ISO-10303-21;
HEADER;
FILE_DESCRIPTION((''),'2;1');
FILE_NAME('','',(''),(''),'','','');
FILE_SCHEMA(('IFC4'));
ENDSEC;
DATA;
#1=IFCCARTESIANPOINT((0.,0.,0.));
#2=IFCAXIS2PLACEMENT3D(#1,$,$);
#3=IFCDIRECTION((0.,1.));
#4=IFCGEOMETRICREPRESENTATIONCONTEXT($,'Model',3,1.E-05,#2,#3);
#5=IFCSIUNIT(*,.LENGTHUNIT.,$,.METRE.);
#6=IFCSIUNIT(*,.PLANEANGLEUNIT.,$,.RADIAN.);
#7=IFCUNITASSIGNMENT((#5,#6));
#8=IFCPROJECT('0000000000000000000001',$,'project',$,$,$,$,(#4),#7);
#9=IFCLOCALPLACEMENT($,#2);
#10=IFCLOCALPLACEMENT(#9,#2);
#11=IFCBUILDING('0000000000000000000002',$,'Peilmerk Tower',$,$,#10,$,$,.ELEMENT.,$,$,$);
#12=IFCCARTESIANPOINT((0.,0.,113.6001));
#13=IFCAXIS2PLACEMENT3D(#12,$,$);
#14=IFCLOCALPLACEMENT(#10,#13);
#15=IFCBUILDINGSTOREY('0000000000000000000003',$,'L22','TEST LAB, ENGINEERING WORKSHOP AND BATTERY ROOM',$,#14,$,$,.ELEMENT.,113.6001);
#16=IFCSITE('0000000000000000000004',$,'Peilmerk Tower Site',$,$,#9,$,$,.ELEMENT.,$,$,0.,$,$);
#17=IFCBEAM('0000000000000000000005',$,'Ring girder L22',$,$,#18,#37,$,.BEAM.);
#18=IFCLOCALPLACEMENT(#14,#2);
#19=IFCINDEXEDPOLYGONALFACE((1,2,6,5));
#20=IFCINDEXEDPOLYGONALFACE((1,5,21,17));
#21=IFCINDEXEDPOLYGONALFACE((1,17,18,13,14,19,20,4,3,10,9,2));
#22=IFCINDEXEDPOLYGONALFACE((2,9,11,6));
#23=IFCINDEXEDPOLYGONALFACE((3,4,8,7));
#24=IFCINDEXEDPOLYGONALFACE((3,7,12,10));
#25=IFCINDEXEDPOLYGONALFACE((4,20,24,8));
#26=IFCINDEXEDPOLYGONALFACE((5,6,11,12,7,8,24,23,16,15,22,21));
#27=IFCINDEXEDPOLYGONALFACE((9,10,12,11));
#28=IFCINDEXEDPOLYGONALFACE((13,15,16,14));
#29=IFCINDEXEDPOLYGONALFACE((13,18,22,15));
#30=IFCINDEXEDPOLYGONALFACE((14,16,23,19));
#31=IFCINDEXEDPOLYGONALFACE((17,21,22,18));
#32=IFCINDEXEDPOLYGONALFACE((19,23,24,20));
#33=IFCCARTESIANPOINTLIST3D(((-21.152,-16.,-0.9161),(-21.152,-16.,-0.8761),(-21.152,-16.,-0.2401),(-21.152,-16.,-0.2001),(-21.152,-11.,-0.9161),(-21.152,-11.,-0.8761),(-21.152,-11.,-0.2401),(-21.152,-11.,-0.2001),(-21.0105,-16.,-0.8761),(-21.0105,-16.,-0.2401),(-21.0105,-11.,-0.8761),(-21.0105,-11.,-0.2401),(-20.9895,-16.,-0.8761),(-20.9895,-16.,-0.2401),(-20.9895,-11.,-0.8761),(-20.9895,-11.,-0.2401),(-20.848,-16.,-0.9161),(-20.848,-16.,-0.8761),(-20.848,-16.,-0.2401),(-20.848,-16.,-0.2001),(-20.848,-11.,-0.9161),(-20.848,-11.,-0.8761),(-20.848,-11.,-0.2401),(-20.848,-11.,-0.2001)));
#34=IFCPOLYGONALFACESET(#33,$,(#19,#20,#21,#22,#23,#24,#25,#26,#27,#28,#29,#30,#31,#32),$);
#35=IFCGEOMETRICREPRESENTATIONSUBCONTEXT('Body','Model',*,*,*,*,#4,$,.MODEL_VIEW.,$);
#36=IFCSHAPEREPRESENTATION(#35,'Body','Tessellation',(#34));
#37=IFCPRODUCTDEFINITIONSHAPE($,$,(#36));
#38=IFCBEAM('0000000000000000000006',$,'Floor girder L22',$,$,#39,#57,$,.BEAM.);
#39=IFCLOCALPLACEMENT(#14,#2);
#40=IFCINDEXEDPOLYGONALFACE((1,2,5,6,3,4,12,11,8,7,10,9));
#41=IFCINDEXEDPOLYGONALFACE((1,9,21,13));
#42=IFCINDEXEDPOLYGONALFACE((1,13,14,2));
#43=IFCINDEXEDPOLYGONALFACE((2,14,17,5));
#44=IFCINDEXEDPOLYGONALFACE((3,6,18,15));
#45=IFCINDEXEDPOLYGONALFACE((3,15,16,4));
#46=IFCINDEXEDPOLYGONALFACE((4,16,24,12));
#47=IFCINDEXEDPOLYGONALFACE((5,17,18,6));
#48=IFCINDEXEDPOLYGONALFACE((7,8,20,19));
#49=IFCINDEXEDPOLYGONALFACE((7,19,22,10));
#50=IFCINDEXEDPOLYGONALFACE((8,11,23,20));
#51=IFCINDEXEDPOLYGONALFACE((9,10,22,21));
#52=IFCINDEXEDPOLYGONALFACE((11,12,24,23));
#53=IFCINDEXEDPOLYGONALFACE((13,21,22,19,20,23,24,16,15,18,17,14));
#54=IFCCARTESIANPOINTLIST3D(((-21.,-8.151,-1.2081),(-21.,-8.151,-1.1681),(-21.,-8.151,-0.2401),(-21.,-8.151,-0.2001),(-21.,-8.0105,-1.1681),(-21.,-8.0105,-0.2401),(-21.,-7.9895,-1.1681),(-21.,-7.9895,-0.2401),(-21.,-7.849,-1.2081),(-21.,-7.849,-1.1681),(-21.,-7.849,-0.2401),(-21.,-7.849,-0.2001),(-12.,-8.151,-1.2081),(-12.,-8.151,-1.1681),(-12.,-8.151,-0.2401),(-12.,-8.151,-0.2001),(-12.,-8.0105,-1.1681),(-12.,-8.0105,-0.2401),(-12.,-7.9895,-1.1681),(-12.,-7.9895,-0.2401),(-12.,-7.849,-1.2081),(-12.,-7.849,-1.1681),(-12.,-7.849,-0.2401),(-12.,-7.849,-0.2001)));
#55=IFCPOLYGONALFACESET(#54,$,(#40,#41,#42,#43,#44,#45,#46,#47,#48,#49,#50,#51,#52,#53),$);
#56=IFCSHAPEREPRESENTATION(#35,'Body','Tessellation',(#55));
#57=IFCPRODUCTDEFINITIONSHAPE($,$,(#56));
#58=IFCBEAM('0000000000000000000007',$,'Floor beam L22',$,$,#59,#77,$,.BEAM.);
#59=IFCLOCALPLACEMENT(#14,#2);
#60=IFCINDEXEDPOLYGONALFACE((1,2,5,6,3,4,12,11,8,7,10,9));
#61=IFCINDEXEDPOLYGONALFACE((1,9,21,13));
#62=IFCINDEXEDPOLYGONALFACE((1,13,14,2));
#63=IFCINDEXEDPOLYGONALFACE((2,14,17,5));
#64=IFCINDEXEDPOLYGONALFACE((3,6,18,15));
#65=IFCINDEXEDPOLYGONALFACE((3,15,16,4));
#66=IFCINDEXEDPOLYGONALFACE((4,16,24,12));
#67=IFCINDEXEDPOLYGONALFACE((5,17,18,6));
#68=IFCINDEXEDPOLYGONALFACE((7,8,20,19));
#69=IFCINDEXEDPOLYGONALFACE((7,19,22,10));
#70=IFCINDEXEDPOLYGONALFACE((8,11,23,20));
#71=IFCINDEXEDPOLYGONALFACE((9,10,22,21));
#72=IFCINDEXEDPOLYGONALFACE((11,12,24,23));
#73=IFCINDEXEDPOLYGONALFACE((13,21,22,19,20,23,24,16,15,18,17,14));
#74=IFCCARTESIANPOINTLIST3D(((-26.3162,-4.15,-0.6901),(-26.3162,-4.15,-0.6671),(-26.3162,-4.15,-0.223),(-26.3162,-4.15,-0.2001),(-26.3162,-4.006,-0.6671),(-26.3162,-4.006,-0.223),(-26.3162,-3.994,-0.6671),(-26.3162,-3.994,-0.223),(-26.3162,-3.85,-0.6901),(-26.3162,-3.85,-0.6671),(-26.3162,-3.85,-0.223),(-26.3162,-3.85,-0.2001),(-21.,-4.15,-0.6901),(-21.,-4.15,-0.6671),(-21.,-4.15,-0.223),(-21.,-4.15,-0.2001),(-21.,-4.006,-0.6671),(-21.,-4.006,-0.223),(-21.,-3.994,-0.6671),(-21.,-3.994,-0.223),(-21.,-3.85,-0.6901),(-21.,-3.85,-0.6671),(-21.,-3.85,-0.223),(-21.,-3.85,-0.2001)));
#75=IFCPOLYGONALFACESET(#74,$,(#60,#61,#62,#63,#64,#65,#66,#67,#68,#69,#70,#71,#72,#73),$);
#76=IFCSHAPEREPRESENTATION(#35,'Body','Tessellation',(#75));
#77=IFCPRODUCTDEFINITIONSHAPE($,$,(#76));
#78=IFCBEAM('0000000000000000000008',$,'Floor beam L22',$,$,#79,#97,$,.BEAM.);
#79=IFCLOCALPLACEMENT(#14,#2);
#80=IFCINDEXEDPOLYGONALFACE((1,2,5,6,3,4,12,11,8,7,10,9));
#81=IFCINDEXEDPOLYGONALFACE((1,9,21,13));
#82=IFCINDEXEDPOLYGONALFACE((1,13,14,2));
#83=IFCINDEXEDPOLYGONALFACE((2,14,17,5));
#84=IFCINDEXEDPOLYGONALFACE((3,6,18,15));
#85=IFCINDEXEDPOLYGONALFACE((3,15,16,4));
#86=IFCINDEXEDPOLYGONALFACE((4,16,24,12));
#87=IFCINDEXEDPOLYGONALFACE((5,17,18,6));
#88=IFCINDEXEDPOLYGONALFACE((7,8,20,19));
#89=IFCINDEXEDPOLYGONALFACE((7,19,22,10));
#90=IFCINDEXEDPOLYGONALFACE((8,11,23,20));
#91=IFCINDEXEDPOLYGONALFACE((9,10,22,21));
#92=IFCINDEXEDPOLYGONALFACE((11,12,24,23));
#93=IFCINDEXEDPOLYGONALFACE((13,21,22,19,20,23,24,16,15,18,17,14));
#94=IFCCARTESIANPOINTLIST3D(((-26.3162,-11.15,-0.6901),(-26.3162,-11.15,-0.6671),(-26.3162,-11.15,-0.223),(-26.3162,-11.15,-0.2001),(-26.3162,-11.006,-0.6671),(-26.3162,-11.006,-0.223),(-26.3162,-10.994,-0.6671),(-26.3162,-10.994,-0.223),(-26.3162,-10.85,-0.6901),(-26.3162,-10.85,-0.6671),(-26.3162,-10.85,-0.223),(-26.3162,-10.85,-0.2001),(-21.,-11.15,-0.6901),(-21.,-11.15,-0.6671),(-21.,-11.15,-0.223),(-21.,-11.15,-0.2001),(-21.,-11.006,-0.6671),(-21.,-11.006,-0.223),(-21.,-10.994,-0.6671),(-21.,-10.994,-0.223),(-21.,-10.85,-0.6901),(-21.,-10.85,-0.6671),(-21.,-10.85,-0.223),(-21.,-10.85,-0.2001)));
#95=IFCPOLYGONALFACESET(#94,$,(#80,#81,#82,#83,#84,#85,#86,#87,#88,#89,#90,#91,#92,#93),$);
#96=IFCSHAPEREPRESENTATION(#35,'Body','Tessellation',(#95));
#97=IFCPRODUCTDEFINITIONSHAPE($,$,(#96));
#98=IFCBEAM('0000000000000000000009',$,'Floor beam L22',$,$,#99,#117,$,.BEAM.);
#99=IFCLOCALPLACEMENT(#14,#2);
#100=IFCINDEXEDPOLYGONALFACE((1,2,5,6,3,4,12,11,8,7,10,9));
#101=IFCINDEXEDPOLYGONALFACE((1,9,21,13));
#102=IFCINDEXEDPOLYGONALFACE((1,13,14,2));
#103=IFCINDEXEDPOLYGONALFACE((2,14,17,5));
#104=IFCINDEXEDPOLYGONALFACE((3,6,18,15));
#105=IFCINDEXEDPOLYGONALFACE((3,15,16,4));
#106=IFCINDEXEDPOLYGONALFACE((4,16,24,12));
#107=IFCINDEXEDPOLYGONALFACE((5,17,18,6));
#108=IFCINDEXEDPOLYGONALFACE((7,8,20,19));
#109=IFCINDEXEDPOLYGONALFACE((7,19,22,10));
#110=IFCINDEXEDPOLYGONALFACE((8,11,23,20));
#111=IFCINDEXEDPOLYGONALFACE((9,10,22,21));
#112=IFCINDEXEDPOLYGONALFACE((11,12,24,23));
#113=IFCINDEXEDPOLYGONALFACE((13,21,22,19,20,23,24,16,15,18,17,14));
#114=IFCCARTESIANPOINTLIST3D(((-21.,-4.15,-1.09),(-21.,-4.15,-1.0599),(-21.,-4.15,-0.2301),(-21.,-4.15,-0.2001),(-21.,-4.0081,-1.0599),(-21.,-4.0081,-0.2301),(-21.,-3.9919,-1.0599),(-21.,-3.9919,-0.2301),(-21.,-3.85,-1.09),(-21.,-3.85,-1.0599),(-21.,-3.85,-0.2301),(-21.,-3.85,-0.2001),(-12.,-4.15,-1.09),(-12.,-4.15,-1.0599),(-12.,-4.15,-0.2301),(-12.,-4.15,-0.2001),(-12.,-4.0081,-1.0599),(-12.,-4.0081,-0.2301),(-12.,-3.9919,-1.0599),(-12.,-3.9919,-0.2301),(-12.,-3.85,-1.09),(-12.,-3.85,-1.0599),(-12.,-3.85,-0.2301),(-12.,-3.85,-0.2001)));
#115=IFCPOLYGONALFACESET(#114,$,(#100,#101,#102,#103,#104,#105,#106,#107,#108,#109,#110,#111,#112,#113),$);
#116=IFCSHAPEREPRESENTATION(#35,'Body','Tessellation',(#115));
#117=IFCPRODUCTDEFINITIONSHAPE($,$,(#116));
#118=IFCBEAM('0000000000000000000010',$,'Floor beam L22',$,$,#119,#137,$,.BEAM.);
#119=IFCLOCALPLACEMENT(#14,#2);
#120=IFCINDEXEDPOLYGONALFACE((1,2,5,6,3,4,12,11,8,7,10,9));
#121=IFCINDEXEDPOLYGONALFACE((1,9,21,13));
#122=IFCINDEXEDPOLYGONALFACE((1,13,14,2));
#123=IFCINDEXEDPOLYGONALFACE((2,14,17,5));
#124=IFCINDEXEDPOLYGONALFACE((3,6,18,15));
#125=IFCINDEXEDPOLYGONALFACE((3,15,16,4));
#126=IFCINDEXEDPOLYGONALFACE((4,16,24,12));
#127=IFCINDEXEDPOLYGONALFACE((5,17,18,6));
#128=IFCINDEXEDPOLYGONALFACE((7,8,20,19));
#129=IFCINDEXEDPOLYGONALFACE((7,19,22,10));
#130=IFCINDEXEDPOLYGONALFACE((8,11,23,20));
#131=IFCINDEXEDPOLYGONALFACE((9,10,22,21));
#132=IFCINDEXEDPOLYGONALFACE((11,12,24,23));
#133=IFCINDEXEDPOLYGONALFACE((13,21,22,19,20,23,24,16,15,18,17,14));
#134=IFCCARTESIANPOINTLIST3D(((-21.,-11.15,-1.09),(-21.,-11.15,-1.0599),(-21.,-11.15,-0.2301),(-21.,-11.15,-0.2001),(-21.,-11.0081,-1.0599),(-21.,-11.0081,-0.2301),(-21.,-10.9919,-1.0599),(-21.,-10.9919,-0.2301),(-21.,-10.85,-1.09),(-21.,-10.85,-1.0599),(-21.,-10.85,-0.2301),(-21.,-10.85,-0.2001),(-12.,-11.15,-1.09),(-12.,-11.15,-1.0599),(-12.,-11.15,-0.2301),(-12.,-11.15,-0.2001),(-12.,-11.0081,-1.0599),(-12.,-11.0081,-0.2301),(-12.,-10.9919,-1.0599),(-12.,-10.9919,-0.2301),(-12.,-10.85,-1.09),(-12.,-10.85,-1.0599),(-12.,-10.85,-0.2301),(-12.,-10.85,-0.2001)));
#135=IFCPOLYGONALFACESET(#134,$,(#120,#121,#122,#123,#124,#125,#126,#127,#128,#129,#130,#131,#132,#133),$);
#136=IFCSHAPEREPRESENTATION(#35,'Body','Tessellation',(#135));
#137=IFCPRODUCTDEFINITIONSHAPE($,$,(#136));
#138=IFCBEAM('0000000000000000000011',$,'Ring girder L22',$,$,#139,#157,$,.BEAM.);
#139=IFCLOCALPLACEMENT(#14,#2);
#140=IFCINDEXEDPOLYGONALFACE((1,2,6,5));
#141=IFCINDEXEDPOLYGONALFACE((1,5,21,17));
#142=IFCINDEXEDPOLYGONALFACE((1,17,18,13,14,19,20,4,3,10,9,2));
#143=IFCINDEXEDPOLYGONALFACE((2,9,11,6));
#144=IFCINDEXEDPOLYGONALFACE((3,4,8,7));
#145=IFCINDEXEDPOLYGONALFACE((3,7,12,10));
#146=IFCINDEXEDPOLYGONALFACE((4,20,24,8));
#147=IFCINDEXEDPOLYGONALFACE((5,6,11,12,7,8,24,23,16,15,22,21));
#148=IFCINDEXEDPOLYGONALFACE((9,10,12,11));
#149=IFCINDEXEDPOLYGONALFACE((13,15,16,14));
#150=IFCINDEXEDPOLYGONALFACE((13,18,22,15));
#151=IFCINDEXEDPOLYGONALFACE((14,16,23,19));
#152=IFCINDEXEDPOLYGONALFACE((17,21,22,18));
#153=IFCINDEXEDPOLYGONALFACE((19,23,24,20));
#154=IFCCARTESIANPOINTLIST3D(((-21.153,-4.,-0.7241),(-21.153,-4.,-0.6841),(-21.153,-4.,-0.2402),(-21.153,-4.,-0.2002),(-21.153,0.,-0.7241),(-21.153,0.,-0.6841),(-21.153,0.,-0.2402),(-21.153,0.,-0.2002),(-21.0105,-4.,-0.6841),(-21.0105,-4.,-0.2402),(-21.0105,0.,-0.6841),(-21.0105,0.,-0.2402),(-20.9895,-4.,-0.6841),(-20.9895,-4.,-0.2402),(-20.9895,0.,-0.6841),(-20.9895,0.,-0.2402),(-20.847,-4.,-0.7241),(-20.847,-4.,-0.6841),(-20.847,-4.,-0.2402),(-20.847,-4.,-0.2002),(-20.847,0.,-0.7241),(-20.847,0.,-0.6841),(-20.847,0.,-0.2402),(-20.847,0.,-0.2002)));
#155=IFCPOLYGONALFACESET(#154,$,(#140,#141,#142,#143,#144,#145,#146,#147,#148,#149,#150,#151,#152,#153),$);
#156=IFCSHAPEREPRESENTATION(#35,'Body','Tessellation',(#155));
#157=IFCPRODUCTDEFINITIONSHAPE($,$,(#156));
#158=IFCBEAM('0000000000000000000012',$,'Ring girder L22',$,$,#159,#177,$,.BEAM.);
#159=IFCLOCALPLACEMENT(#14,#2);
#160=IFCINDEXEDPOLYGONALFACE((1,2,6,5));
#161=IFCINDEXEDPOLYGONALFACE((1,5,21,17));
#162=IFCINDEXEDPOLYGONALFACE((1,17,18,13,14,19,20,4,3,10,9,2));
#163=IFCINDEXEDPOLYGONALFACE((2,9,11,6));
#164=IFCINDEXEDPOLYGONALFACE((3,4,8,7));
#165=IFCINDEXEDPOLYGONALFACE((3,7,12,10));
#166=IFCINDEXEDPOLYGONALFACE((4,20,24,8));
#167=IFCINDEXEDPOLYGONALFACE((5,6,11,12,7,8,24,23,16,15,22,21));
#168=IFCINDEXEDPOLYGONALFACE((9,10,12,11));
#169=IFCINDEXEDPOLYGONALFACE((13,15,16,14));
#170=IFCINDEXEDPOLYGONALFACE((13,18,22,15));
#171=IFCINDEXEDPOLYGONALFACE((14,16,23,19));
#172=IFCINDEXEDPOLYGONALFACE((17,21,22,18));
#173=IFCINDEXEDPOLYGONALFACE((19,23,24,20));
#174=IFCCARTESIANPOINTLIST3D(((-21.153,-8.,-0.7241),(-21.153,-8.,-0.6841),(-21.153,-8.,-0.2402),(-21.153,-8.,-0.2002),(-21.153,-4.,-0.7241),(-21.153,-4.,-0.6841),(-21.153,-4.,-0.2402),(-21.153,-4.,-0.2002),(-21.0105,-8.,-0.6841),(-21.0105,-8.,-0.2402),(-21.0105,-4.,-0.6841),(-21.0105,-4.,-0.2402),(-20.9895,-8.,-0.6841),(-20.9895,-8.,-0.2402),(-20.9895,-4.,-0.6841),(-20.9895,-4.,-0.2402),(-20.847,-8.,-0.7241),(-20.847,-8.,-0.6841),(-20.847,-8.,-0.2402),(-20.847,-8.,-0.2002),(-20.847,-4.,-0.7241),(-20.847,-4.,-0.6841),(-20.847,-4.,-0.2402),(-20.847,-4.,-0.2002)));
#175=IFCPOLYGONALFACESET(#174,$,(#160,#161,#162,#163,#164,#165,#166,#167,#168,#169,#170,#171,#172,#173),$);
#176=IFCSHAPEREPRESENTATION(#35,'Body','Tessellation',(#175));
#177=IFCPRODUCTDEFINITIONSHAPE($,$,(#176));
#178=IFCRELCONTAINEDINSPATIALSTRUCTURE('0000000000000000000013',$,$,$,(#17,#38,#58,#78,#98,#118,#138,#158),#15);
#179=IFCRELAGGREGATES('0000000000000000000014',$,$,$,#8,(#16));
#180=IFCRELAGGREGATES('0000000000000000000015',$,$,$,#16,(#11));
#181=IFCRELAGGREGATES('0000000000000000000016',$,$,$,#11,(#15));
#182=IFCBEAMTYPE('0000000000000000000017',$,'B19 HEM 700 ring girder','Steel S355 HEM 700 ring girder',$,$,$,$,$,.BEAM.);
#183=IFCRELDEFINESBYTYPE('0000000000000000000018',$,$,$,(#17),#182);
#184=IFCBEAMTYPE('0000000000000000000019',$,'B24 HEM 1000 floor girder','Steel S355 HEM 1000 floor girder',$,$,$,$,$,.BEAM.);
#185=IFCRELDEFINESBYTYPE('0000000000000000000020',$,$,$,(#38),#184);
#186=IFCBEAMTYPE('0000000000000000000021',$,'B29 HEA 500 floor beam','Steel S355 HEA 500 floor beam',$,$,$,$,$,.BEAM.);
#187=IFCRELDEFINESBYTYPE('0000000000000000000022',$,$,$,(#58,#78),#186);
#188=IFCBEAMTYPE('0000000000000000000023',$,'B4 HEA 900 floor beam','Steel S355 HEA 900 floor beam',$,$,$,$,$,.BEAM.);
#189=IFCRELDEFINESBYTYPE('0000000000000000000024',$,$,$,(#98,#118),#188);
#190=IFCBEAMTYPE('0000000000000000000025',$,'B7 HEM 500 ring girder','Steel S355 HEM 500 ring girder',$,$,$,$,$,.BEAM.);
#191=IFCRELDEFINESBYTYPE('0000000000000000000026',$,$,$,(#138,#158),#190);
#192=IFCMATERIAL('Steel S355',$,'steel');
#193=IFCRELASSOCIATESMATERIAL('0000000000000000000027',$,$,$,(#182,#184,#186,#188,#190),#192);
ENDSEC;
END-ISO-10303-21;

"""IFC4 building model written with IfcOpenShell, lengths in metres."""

from ifc_helpers import new_model, si_unit, direction, frame, origin, origin_2d, place, context, subcontext, project, spatial, i_section, extrude, material, material_profile, profile_set, type_object, element, save


model = new_model("IFC4")

# Units and contexts
model_context = context("Model", 3, precision=1e-05, world=origin(), true_north=direction((0.0, 1.0)))
body_context = subcontext(model_context, "Body", "Model", "MODEL_VIEW")
ifc_project = project(units=[si_unit("LENGTHUNIT", "METRE"), si_unit("PLANEANGLEUNIT", "RADIAN")], contexts=[model_context])

# Site, building, storey
site_placement = place(None, origin())
site = spatial("IfcSite", under=ifc_project, at=site_placement, Name="Peilmerk Tower Site", CompositionType="ELEMENT", RefElevation=0.0)
building_placement = place(site_placement, origin())
building = spatial("IfcBuilding", under=site, at=building_placement, Name="Peilmerk Tower", CompositionType="ELEMENT")
storey_placement = place(building_placement, frame((0.0, 0.0, 113.6001)))
storey = spatial("IfcBuildingStorey", under=building, at=storey_placement, Name="L22", Description="TEST LAB, ENGINEERING WORKSHOP AND BATTERY ROOM", CompositionType="ELEMENT", Elevation=113.6001)

# Beams
ifc_material_1 = material(Name="Steel S355", Category="steel")
ifc_material_profile_1 = material_profile(ifc_material_1, i_section(OverallWidth=0.304, OverallDepth=0.7161, WebThickness=0.021, FlangeThickness=0.04, at=origin_2d()), Name="HEM 700")
ifc_profile_set_1 = profile_set([ifc_material_profile_1], Name="Steel S355")
beam_type_1 = type_object("IfcBeamType", Name="B19 HEM 700 ring girder", Description="Steel S355 HEM 700 ring girder", PredefinedType="BEAM", material=ifc_profile_set_1)
beam_1_placement = place(storey_placement, frame((-21.0, -11.0, -0.5581), z_axis=(0.0, -1.0, 0.0), x_axis=(1.0, 0.0, 0.0)))
element("IfcBeam", 1, at=beam_1_placement, inside=storey, type_object=beam_type_1, Name="Ring girder L22", PredefinedType="BEAM", context=body_context, shape_type="SweptSolid", body=[
    extrude(i_section(OverallWidth=0.304, OverallDepth=0.7161, WebThickness=0.021, FlangeThickness=0.04, at=origin_2d()), origin(), (0.0, 0.0, 1.0), 5.0),
])
ifc_material_profile_2 = material_profile(ifc_material_1, i_section(OverallWidth=0.302, OverallDepth=1.0081, WebThickness=0.021, FlangeThickness=0.04, at=origin_2d()), Name="HEM 1000")
ifc_profile_set_2 = profile_set([ifc_material_profile_2], Name="Steel S355")
beam_type_2 = type_object("IfcBeamType", Name="B24 HEM 1000 floor girder", Description="Steel S355 HEM 1000 floor girder", PredefinedType="BEAM", material=ifc_profile_set_2)
beam_2_placement = place(storey_placement, frame((-12.0, -8.0, -0.7041), z_axis=(-1.0, 0.0, 0.0), x_axis=(0.0, -1.0, 0.0)))
element("IfcBeam", 2, at=beam_2_placement, inside=storey, type_object=beam_type_2, Name="Floor girder L22", PredefinedType="BEAM", context=body_context, shape_type="SweptSolid", body=[
    extrude(i_section(OverallWidth=0.302, OverallDepth=1.0081, WebThickness=0.021, FlangeThickness=0.04, at=origin_2d()), origin(), (0.0, 0.0, 1.0), 9.0),
])
ifc_material_profile_3 = material_profile(ifc_material_1, i_section(OverallWidth=0.3, OverallDepth=0.49, WebThickness=0.012, FlangeThickness=0.0229, at=origin_2d()), Name="HEA 500")
ifc_profile_set_3 = profile_set([ifc_material_profile_3], Name="Steel S355")
beam_type_3 = type_object("IfcBeamType", Name="B29 HEA 500 floor beam", Description="Steel S355 HEA 500 floor beam", PredefinedType="BEAM", material=ifc_profile_set_3)
for number, where, z_axis, x_axis, name in (
    (3, (-21.0, -4.0, -0.4451), (-1.0, 0.0, 0.0), (0.0, -1.0, 0.0), "Floor beam L22"),
    (4, (-21.0, -11.0, -0.4451), (-1.0, 0.0, 0.0), (0.0, -1.0, 0.0), "Floor beam L22"),
):
    element("IfcBeam", number, at=place(storey_placement, frame(where, z_axis=z_axis, x_axis=x_axis)), inside=storey, type_object=beam_type_3, Name=name, PredefinedType="BEAM", context=body_context, shape_type="SweptSolid", body=[
        extrude(i_section(OverallWidth=0.3, OverallDepth=0.49, WebThickness=0.012, FlangeThickness=0.0229, at=origin_2d()), origin(), (0.0, 0.0, 1.0), 5.3162),
    ])
ifc_material_profile_4 = material_profile(ifc_material_1, i_section(OverallWidth=0.3, OverallDepth=0.8899, WebThickness=0.0161, FlangeThickness=0.03, at=origin_2d()), Name="HEA 900")
ifc_profile_set_4 = profile_set([ifc_material_profile_4], Name="Steel S355")
beam_type_4 = type_object("IfcBeamType", Name="B4 HEA 900 floor beam", Description="Steel S355 HEA 900 floor beam", PredefinedType="BEAM", material=ifc_profile_set_4)
for number, where, z_axis, x_axis, name in (
    (5, (-12.0, -4.0, -0.645), (-1.0, 0.0, 0.0), (0.0, -1.0, 0.0), "Floor beam L22"),
    (6, (-12.0, -11.0, -0.645), (-1.0, 0.0, 0.0), (0.0, -1.0, 0.0), "Floor beam L22"),
):
    element("IfcBeam", number, at=place(storey_placement, frame(where, z_axis=z_axis, x_axis=x_axis)), inside=storey, type_object=beam_type_4, Name=name, PredefinedType="BEAM", context=body_context, shape_type="SweptSolid", body=[
        extrude(i_section(OverallWidth=0.3, OverallDepth=0.8899, WebThickness=0.0161, FlangeThickness=0.03, at=origin_2d()), origin(), (0.0, 0.0, 1.0), 9.0),
    ])
ifc_material_profile_5 = material_profile(ifc_material_1, i_section(OverallWidth=0.3059, OverallDepth=0.5239, WebThickness=0.021, FlangeThickness=0.04, at=origin_2d()), Name="HEM 500")
ifc_profile_set_5 = profile_set([ifc_material_profile_5], Name="Steel S355")
beam_type_5 = type_object("IfcBeamType", Name="B7 HEM 500 ring girder", Description="Steel S355 HEM 500 ring girder", PredefinedType="BEAM", material=ifc_profile_set_5)
for number, where, z_axis, x_axis, name in (
    (7, (-21.0, 0.0, -0.4622), (0.0, -1.0, 0.0), (1.0, 0.0, 0.0), "Ring girder L22"),
    (8, (-21.0, -4.0, -0.4622), (0.0, -1.0, 0.0), (1.0, 0.0, 0.0), "Ring girder L22"),
):
    element("IfcBeam", number, at=place(storey_placement, frame(where, z_axis=z_axis, x_axis=x_axis)), inside=storey, type_object=beam_type_5, Name=name, PredefinedType="BEAM", context=body_context, shape_type="SweptSolid", body=[
        extrude(i_section(OverallWidth=0.3059, OverallDepth=0.5239, WebThickness=0.021, FlangeThickness=0.04, at=origin_2d()), origin(), (0.0, 0.0, 1.0), 4.0),
    ])

save(model, "model.ifc")
